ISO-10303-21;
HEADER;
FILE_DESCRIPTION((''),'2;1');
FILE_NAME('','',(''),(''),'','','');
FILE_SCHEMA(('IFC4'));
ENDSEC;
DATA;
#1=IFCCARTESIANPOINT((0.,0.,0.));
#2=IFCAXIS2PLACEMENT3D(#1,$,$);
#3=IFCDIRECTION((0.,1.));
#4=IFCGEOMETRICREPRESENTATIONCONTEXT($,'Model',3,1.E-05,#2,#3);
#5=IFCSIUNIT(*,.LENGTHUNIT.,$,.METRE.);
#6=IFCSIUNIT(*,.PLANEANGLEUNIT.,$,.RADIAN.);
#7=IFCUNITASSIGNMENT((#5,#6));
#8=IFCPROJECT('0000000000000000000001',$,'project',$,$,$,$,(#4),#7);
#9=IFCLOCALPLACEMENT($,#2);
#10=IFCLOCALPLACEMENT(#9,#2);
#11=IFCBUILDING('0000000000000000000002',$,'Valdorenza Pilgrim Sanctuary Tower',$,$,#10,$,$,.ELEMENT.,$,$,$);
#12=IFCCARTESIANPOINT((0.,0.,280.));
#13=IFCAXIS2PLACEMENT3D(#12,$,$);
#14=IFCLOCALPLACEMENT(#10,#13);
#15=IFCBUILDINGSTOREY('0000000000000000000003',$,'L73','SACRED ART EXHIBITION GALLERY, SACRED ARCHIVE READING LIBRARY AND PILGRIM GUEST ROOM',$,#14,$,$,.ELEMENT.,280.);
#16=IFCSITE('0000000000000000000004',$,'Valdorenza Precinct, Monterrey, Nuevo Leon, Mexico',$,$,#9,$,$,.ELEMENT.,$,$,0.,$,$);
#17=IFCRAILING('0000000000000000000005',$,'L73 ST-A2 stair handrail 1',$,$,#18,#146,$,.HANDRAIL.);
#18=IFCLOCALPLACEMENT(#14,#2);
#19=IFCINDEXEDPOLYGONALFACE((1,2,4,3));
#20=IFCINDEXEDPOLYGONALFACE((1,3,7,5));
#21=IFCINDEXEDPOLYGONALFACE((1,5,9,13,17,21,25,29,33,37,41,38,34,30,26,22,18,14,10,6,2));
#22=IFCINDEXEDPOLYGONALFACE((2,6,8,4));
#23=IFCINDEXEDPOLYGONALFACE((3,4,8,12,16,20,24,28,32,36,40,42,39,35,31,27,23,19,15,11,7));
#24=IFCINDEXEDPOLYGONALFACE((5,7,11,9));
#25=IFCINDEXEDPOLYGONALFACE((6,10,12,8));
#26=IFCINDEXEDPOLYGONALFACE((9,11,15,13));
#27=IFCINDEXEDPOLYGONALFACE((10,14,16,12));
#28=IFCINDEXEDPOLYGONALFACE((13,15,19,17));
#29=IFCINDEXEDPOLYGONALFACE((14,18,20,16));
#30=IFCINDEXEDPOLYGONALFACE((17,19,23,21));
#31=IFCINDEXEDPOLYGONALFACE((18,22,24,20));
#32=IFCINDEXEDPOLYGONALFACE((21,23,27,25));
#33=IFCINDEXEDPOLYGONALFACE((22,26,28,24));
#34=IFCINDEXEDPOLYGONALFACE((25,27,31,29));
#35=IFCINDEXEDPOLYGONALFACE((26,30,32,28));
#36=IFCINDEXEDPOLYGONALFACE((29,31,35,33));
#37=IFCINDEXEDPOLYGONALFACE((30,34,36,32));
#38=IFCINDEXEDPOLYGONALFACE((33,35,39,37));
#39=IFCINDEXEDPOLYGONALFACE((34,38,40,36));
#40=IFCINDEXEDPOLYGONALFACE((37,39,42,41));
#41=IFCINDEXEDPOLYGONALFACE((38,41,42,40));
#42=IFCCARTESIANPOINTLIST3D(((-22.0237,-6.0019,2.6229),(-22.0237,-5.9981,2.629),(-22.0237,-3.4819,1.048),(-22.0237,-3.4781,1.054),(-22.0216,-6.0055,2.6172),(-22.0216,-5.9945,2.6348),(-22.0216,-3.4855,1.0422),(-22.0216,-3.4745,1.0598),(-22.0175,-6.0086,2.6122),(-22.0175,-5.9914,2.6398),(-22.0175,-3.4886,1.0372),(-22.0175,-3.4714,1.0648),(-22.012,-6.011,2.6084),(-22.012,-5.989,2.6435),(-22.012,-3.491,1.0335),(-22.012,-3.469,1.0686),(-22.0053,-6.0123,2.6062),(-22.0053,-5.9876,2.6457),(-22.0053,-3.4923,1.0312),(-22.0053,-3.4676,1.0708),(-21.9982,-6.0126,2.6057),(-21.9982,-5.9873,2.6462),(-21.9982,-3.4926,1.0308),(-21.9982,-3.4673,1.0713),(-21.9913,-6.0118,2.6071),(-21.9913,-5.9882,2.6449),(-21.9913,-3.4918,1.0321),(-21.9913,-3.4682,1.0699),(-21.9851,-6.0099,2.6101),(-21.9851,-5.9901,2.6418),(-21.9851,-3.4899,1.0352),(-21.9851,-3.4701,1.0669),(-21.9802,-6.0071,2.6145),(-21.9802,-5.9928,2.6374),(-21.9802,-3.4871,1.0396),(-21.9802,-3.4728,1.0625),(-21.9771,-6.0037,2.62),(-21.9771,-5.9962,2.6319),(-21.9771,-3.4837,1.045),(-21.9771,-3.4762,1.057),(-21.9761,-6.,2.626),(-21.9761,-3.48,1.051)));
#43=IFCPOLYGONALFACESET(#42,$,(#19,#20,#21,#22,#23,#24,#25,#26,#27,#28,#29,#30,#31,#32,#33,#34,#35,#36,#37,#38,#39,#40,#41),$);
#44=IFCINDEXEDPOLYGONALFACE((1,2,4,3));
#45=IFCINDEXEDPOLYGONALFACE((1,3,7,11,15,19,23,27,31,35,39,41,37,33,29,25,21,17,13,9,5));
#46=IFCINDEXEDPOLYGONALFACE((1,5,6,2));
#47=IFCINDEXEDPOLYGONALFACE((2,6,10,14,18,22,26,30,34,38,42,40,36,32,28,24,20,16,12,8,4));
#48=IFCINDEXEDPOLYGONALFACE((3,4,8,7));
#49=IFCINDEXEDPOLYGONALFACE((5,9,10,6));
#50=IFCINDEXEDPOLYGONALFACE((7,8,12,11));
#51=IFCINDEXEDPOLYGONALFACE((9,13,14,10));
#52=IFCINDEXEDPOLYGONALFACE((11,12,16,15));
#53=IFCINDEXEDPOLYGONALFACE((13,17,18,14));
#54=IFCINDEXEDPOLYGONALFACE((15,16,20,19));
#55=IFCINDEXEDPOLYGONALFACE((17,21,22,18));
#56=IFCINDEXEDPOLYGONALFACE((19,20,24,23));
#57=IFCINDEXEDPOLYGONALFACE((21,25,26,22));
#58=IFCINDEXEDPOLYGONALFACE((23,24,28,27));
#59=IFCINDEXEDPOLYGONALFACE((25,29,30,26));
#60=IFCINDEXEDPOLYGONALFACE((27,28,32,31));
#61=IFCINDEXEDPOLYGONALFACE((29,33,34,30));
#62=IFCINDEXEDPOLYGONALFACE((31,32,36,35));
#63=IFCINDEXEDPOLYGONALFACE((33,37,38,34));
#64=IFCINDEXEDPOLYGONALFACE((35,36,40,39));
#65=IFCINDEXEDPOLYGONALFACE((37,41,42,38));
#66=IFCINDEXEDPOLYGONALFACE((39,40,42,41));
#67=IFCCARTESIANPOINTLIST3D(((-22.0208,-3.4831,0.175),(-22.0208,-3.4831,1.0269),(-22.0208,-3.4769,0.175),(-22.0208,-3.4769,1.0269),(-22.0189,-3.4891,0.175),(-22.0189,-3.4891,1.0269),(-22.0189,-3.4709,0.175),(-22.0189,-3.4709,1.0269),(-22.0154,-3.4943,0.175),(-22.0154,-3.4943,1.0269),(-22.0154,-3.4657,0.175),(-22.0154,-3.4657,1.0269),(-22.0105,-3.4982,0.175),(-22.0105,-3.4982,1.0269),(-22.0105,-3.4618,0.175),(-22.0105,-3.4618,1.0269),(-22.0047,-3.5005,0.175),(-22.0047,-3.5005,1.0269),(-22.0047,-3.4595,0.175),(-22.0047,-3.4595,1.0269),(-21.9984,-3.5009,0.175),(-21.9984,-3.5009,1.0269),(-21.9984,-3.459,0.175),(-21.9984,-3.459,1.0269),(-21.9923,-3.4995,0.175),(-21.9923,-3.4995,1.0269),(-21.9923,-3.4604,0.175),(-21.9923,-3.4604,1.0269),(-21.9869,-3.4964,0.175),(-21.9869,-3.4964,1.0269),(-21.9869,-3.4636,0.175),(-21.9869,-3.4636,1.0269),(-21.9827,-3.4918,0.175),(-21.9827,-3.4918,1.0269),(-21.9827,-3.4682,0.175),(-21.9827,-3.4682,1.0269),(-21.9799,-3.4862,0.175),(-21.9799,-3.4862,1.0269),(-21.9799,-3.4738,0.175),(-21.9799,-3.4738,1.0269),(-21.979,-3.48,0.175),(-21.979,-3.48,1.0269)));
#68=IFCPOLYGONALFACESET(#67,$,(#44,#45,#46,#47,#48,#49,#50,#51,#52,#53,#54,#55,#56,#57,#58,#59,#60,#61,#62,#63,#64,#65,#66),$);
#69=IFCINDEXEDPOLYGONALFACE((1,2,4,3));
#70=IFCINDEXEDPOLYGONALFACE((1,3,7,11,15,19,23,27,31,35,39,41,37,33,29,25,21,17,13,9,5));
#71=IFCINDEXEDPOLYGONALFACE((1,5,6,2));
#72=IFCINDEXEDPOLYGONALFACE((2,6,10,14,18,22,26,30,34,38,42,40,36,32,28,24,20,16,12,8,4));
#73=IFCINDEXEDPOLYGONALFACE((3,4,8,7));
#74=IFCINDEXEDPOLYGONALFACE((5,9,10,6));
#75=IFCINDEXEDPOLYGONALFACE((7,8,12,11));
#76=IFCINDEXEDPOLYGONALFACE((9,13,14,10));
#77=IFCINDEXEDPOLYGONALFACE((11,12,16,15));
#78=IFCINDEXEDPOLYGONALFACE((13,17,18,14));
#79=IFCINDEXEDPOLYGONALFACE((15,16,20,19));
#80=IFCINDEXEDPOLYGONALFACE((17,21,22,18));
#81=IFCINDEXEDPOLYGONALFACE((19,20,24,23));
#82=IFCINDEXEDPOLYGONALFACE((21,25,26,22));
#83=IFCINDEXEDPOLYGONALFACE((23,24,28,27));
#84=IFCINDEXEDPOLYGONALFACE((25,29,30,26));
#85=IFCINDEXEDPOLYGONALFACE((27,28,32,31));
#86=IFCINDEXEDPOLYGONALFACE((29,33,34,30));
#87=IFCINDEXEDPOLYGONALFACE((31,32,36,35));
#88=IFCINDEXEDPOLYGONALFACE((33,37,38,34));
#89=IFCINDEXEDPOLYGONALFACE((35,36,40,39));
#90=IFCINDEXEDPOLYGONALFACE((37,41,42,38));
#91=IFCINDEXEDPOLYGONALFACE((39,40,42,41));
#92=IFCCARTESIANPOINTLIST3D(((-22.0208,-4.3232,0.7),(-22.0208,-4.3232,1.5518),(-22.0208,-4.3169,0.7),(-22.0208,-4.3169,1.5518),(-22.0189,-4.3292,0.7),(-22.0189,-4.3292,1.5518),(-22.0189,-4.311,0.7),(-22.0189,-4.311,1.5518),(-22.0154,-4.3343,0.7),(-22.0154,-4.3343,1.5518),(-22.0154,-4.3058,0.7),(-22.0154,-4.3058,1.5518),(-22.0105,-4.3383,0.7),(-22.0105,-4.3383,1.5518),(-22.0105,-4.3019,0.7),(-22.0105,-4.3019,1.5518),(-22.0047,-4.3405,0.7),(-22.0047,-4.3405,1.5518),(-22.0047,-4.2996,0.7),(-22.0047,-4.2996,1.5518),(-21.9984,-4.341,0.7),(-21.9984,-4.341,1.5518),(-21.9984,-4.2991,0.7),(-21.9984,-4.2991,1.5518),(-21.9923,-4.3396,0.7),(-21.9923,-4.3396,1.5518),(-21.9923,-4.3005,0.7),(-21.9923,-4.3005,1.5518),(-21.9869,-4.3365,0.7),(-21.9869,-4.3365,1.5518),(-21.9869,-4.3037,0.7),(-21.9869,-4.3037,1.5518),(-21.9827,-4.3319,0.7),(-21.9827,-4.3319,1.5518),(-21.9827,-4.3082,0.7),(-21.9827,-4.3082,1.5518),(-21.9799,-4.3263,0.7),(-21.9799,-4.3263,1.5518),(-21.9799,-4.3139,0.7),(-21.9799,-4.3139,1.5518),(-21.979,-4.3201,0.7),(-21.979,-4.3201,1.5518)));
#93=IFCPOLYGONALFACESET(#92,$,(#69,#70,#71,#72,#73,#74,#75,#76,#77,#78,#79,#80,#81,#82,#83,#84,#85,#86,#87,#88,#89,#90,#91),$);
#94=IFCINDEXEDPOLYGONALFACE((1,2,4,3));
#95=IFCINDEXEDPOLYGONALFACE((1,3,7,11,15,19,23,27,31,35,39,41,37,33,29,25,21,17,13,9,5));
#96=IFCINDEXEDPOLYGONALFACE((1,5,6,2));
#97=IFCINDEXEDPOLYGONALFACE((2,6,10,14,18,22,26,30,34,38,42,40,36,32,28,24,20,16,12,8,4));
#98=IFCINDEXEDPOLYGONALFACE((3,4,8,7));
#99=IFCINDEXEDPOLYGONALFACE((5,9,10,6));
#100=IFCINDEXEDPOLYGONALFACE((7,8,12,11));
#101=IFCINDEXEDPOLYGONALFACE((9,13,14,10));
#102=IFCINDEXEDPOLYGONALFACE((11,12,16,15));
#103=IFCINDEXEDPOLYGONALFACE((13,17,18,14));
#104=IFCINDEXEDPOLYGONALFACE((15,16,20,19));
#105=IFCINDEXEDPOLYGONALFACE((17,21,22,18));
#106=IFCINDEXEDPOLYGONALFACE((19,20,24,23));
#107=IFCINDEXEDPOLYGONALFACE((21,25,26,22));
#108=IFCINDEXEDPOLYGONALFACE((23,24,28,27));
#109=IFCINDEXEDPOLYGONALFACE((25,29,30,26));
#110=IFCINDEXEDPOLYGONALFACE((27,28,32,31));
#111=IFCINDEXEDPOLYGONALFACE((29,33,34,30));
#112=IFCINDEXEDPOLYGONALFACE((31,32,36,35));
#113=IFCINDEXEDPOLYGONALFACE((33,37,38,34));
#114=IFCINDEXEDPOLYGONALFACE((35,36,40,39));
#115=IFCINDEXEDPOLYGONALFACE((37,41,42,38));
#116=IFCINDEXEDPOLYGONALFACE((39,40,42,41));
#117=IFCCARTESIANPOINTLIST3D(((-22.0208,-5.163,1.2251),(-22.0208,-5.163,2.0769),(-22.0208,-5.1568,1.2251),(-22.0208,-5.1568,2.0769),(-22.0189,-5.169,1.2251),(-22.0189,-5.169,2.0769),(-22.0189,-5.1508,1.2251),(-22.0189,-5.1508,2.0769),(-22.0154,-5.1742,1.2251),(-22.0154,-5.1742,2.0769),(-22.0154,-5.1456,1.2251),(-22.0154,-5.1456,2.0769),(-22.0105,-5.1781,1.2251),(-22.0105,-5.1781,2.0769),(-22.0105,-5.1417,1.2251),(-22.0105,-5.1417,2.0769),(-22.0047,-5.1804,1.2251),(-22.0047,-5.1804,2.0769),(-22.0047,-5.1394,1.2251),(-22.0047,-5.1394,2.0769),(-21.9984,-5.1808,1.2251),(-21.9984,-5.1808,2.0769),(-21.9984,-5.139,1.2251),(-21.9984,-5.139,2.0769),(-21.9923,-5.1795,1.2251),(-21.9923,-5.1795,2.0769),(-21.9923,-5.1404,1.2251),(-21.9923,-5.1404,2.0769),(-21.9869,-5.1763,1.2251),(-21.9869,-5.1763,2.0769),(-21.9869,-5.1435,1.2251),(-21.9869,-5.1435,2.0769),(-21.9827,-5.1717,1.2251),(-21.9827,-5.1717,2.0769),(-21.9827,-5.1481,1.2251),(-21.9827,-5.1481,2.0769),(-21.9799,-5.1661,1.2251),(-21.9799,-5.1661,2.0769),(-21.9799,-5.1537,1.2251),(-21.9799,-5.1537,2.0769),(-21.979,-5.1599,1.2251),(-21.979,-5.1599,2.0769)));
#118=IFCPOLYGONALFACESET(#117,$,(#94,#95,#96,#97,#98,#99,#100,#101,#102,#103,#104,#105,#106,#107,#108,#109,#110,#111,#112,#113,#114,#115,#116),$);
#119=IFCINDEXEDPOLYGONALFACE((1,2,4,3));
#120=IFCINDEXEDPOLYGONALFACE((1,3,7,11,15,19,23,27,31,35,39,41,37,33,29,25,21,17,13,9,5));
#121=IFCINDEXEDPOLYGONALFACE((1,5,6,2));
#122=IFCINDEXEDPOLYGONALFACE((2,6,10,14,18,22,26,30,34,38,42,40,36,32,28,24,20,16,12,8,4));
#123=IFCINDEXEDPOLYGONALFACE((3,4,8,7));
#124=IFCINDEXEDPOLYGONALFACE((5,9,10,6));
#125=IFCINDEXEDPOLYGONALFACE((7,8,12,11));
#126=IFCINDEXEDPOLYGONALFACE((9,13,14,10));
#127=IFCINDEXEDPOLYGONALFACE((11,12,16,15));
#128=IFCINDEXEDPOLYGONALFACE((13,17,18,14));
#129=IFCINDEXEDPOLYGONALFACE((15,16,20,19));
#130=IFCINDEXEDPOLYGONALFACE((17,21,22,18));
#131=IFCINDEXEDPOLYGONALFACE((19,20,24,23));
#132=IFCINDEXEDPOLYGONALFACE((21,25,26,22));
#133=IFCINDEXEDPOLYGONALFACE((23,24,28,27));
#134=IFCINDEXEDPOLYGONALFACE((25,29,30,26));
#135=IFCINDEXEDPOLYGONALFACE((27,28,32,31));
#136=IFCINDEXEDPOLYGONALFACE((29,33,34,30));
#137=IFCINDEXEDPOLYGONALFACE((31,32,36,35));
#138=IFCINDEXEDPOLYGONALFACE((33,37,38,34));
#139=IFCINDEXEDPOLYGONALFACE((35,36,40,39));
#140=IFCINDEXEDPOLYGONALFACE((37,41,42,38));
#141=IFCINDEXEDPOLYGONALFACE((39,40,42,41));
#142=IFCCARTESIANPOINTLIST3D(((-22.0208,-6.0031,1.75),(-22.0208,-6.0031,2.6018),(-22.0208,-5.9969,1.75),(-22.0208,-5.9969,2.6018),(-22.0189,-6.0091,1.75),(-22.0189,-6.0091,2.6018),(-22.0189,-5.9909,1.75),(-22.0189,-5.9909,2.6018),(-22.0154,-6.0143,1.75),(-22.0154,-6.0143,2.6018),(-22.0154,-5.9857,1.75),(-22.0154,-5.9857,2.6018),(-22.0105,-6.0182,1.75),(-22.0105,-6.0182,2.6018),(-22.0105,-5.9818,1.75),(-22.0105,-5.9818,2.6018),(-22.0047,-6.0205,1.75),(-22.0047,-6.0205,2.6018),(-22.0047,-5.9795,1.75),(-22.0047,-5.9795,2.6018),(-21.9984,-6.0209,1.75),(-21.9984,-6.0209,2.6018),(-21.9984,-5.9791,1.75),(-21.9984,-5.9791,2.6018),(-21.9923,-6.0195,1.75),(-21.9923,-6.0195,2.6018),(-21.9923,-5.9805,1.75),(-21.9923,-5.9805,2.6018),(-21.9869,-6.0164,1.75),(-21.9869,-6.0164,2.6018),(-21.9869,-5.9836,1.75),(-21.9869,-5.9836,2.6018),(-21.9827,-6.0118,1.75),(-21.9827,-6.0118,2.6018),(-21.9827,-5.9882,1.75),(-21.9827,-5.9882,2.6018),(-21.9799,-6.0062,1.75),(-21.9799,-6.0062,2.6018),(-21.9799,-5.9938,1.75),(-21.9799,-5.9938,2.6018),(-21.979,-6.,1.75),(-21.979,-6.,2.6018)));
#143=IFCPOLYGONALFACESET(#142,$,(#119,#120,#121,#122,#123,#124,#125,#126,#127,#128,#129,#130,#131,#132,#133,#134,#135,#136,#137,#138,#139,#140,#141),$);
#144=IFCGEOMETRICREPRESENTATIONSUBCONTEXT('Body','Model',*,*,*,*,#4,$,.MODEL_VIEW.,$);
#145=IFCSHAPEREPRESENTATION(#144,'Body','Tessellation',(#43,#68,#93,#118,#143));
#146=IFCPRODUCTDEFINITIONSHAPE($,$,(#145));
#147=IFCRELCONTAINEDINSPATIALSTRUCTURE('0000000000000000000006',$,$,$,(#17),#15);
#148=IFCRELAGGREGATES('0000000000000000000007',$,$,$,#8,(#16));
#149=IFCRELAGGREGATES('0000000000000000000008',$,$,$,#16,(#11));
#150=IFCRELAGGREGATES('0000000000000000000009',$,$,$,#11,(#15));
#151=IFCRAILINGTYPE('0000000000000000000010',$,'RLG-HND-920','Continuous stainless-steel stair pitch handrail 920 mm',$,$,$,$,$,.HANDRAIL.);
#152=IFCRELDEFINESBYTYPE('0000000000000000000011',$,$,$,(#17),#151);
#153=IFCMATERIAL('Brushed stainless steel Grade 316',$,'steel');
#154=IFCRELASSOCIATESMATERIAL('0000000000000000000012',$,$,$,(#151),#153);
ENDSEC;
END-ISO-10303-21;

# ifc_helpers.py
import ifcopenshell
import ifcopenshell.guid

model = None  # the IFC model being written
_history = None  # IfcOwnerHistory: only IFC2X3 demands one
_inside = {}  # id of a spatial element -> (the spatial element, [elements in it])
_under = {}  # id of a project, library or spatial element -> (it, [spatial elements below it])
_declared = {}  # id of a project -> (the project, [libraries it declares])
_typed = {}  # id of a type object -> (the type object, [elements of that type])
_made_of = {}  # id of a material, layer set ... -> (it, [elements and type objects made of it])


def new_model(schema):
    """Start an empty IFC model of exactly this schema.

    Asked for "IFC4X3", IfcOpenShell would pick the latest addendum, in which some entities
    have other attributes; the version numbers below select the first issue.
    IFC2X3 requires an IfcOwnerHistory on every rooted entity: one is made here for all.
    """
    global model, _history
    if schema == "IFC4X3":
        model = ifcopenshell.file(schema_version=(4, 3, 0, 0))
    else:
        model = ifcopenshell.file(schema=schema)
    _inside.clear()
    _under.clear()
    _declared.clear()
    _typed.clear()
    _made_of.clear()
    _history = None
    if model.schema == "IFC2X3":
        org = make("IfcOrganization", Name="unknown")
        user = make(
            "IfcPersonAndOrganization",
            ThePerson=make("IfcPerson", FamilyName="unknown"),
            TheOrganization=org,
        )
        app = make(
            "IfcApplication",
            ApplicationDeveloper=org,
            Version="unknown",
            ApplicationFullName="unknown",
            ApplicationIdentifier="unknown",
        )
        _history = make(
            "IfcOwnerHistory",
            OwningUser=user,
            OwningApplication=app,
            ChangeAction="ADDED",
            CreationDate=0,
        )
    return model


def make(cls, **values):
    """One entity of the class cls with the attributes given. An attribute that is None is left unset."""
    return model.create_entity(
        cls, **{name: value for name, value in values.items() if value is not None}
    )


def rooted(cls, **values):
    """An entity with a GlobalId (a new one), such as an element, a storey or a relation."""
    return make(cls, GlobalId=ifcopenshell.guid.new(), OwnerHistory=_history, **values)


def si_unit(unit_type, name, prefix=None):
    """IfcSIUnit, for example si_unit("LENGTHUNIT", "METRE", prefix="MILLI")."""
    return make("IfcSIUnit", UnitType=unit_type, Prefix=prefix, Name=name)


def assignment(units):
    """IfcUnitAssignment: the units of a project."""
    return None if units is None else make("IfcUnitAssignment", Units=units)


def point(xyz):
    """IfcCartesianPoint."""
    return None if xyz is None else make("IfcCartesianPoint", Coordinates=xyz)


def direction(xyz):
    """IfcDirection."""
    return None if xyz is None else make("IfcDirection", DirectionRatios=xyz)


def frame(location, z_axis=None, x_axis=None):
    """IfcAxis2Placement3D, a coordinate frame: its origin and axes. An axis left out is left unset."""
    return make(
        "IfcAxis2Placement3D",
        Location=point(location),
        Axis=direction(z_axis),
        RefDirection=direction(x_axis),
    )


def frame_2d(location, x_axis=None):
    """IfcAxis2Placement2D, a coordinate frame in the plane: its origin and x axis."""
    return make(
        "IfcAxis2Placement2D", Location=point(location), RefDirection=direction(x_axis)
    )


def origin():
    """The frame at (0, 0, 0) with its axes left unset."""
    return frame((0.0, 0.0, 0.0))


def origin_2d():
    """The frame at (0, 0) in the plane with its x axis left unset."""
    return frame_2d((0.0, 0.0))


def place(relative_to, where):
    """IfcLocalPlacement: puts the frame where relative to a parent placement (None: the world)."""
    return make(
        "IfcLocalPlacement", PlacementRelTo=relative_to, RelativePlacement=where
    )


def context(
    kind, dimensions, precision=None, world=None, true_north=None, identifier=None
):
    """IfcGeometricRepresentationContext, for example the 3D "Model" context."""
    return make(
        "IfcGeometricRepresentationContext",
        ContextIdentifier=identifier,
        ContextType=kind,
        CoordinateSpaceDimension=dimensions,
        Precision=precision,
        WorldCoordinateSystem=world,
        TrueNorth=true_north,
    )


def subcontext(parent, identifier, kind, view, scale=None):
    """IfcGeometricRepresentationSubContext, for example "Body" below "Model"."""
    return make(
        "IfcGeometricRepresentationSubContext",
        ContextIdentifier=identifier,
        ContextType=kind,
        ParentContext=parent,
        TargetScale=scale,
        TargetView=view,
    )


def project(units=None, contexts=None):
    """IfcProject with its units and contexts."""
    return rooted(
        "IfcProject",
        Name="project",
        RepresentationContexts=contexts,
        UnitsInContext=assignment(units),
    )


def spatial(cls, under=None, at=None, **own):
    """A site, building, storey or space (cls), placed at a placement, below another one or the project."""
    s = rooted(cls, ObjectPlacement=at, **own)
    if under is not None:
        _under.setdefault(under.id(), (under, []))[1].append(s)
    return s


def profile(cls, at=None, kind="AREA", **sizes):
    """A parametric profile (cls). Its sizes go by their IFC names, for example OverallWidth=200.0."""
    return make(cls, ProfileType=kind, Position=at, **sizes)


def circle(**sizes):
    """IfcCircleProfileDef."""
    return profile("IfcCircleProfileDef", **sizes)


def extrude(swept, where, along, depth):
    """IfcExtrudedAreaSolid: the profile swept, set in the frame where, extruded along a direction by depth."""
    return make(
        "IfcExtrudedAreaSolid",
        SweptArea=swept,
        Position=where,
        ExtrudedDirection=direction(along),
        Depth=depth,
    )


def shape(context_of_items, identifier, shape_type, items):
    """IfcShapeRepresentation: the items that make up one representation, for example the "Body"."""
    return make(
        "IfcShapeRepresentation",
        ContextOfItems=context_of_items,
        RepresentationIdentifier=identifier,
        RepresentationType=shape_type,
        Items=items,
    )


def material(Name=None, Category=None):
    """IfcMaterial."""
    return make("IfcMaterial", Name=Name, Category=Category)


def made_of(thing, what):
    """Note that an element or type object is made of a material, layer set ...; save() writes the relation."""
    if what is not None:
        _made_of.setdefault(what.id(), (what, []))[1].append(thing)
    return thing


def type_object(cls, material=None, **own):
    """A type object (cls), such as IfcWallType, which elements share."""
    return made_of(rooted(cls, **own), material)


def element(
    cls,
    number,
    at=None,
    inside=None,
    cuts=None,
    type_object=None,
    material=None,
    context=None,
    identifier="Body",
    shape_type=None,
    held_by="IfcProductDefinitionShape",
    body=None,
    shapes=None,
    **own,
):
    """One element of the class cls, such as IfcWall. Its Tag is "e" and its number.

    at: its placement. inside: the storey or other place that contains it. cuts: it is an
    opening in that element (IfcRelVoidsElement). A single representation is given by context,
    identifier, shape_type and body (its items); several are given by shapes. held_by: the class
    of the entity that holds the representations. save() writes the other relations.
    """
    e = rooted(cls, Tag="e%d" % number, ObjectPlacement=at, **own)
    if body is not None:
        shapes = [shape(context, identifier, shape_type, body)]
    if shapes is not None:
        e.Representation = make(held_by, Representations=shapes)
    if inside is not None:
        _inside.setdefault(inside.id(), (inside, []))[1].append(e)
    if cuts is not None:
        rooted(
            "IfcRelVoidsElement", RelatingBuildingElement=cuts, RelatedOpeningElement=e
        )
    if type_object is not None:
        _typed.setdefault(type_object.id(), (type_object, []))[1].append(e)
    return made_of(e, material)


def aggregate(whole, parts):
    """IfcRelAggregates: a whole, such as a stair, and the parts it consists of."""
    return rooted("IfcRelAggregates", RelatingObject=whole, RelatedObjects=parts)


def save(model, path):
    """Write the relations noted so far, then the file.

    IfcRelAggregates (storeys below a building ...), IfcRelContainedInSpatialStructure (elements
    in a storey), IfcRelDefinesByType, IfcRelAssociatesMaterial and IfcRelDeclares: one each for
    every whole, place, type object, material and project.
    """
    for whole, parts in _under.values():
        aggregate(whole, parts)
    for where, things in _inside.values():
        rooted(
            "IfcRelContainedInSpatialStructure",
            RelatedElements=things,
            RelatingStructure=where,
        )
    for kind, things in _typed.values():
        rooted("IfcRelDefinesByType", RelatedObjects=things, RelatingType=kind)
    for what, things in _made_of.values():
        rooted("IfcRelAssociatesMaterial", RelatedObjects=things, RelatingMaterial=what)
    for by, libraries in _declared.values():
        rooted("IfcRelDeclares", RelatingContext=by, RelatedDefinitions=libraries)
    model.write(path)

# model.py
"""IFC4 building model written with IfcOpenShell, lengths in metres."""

from ifc_helpers import new_model, si_unit, direction, frame, origin, origin_2d, place, context, subcontext, project, spatial, circle, extrude, material, type_object, element, save


model = new_model("IFC4")

# Units and contexts
model_context = context("Model", 3, precision=1e-05, world=origin(), true_north=direction((0.0, 1.0)))
body_context = subcontext(model_context, "Body", "Model", "MODEL_VIEW")
ifc_project = project(units=[si_unit("LENGTHUNIT", "METRE"), si_unit("PLANEANGLEUNIT", "RADIAN")], contexts=[model_context])

# Site, building, storey
site_placement = place(None, origin())
site = spatial("IfcSite", under=ifc_project, at=site_placement, Name="Valdorenza Precinct, Monterrey, Nuevo Leon, Mexico", CompositionType="ELEMENT", RefElevation=0.0)
building_placement = place(site_placement, origin())
building = spatial("IfcBuilding", under=site, at=building_placement, Name="Valdorenza Pilgrim Sanctuary Tower", CompositionType="ELEMENT")
storey_placement = place(building_placement, frame((0.0, 0.0, 280.0)))
storey = spatial("IfcBuildingStorey", under=building, at=storey_placement, Name="L73", Description="SACRED ART EXHIBITION GALLERY, SACRED ARCHIVE READING LIBRARY AND PILGRIM GUEST ROOM", CompositionType="ELEMENT", Elevation=280.0)

# Railing
ifc_material_1 = material(Name="Brushed stainless steel Grade 316", Category="steel")
railing_type_1 = type_object("IfcRailingType", Name="RLG-HND-920", Description="Continuous stainless-steel stair pitch handrail 920 mm", PredefinedType="HANDRAIL", material=ifc_material_1)
railing_1_placement = place(storey_placement, frame((-22.0, -3.48, 0.175)))
element("IfcRailing", 1, at=railing_1_placement, inside=storey, type_object=railing_type_1, Name="L73 ST-A2 stair handrail 1", PredefinedType="HANDRAIL", context=body_context, shape_type="SweptSolid", body=[
    extrude(circle(Radius=0.0239, at=origin_2d()), frame((0.0, 0.0, 0.876), z_axis=(0.0, -0.848008, 0.529984), x_axis=(1.0, 0.0, 0.0)), (0.0, 0.0, 1.0), 2.9717),
    extrude(circle(Radius=0.021, at=origin_2d()), origin(), (0.0, 0.0, 1.0), 0.8518),
    extrude(circle(Radius=0.021, at=origin_2d()), frame((0.0, -0.8401, 0.5249)), (0.0, 0.0, 1.0), 0.8518),
    extrude(circle(Radius=0.021, at=origin_2d()), frame((0.0, -1.6799, 1.05)), (0.0, 0.0, 1.0), 0.8518),
    extrude(circle(Radius=0.021, at=origin_2d()), frame((0.0, -2.52, 1.575)), (0.0, 0.0, 1.0), 0.8518),
])

save(model, "model.ifc")
